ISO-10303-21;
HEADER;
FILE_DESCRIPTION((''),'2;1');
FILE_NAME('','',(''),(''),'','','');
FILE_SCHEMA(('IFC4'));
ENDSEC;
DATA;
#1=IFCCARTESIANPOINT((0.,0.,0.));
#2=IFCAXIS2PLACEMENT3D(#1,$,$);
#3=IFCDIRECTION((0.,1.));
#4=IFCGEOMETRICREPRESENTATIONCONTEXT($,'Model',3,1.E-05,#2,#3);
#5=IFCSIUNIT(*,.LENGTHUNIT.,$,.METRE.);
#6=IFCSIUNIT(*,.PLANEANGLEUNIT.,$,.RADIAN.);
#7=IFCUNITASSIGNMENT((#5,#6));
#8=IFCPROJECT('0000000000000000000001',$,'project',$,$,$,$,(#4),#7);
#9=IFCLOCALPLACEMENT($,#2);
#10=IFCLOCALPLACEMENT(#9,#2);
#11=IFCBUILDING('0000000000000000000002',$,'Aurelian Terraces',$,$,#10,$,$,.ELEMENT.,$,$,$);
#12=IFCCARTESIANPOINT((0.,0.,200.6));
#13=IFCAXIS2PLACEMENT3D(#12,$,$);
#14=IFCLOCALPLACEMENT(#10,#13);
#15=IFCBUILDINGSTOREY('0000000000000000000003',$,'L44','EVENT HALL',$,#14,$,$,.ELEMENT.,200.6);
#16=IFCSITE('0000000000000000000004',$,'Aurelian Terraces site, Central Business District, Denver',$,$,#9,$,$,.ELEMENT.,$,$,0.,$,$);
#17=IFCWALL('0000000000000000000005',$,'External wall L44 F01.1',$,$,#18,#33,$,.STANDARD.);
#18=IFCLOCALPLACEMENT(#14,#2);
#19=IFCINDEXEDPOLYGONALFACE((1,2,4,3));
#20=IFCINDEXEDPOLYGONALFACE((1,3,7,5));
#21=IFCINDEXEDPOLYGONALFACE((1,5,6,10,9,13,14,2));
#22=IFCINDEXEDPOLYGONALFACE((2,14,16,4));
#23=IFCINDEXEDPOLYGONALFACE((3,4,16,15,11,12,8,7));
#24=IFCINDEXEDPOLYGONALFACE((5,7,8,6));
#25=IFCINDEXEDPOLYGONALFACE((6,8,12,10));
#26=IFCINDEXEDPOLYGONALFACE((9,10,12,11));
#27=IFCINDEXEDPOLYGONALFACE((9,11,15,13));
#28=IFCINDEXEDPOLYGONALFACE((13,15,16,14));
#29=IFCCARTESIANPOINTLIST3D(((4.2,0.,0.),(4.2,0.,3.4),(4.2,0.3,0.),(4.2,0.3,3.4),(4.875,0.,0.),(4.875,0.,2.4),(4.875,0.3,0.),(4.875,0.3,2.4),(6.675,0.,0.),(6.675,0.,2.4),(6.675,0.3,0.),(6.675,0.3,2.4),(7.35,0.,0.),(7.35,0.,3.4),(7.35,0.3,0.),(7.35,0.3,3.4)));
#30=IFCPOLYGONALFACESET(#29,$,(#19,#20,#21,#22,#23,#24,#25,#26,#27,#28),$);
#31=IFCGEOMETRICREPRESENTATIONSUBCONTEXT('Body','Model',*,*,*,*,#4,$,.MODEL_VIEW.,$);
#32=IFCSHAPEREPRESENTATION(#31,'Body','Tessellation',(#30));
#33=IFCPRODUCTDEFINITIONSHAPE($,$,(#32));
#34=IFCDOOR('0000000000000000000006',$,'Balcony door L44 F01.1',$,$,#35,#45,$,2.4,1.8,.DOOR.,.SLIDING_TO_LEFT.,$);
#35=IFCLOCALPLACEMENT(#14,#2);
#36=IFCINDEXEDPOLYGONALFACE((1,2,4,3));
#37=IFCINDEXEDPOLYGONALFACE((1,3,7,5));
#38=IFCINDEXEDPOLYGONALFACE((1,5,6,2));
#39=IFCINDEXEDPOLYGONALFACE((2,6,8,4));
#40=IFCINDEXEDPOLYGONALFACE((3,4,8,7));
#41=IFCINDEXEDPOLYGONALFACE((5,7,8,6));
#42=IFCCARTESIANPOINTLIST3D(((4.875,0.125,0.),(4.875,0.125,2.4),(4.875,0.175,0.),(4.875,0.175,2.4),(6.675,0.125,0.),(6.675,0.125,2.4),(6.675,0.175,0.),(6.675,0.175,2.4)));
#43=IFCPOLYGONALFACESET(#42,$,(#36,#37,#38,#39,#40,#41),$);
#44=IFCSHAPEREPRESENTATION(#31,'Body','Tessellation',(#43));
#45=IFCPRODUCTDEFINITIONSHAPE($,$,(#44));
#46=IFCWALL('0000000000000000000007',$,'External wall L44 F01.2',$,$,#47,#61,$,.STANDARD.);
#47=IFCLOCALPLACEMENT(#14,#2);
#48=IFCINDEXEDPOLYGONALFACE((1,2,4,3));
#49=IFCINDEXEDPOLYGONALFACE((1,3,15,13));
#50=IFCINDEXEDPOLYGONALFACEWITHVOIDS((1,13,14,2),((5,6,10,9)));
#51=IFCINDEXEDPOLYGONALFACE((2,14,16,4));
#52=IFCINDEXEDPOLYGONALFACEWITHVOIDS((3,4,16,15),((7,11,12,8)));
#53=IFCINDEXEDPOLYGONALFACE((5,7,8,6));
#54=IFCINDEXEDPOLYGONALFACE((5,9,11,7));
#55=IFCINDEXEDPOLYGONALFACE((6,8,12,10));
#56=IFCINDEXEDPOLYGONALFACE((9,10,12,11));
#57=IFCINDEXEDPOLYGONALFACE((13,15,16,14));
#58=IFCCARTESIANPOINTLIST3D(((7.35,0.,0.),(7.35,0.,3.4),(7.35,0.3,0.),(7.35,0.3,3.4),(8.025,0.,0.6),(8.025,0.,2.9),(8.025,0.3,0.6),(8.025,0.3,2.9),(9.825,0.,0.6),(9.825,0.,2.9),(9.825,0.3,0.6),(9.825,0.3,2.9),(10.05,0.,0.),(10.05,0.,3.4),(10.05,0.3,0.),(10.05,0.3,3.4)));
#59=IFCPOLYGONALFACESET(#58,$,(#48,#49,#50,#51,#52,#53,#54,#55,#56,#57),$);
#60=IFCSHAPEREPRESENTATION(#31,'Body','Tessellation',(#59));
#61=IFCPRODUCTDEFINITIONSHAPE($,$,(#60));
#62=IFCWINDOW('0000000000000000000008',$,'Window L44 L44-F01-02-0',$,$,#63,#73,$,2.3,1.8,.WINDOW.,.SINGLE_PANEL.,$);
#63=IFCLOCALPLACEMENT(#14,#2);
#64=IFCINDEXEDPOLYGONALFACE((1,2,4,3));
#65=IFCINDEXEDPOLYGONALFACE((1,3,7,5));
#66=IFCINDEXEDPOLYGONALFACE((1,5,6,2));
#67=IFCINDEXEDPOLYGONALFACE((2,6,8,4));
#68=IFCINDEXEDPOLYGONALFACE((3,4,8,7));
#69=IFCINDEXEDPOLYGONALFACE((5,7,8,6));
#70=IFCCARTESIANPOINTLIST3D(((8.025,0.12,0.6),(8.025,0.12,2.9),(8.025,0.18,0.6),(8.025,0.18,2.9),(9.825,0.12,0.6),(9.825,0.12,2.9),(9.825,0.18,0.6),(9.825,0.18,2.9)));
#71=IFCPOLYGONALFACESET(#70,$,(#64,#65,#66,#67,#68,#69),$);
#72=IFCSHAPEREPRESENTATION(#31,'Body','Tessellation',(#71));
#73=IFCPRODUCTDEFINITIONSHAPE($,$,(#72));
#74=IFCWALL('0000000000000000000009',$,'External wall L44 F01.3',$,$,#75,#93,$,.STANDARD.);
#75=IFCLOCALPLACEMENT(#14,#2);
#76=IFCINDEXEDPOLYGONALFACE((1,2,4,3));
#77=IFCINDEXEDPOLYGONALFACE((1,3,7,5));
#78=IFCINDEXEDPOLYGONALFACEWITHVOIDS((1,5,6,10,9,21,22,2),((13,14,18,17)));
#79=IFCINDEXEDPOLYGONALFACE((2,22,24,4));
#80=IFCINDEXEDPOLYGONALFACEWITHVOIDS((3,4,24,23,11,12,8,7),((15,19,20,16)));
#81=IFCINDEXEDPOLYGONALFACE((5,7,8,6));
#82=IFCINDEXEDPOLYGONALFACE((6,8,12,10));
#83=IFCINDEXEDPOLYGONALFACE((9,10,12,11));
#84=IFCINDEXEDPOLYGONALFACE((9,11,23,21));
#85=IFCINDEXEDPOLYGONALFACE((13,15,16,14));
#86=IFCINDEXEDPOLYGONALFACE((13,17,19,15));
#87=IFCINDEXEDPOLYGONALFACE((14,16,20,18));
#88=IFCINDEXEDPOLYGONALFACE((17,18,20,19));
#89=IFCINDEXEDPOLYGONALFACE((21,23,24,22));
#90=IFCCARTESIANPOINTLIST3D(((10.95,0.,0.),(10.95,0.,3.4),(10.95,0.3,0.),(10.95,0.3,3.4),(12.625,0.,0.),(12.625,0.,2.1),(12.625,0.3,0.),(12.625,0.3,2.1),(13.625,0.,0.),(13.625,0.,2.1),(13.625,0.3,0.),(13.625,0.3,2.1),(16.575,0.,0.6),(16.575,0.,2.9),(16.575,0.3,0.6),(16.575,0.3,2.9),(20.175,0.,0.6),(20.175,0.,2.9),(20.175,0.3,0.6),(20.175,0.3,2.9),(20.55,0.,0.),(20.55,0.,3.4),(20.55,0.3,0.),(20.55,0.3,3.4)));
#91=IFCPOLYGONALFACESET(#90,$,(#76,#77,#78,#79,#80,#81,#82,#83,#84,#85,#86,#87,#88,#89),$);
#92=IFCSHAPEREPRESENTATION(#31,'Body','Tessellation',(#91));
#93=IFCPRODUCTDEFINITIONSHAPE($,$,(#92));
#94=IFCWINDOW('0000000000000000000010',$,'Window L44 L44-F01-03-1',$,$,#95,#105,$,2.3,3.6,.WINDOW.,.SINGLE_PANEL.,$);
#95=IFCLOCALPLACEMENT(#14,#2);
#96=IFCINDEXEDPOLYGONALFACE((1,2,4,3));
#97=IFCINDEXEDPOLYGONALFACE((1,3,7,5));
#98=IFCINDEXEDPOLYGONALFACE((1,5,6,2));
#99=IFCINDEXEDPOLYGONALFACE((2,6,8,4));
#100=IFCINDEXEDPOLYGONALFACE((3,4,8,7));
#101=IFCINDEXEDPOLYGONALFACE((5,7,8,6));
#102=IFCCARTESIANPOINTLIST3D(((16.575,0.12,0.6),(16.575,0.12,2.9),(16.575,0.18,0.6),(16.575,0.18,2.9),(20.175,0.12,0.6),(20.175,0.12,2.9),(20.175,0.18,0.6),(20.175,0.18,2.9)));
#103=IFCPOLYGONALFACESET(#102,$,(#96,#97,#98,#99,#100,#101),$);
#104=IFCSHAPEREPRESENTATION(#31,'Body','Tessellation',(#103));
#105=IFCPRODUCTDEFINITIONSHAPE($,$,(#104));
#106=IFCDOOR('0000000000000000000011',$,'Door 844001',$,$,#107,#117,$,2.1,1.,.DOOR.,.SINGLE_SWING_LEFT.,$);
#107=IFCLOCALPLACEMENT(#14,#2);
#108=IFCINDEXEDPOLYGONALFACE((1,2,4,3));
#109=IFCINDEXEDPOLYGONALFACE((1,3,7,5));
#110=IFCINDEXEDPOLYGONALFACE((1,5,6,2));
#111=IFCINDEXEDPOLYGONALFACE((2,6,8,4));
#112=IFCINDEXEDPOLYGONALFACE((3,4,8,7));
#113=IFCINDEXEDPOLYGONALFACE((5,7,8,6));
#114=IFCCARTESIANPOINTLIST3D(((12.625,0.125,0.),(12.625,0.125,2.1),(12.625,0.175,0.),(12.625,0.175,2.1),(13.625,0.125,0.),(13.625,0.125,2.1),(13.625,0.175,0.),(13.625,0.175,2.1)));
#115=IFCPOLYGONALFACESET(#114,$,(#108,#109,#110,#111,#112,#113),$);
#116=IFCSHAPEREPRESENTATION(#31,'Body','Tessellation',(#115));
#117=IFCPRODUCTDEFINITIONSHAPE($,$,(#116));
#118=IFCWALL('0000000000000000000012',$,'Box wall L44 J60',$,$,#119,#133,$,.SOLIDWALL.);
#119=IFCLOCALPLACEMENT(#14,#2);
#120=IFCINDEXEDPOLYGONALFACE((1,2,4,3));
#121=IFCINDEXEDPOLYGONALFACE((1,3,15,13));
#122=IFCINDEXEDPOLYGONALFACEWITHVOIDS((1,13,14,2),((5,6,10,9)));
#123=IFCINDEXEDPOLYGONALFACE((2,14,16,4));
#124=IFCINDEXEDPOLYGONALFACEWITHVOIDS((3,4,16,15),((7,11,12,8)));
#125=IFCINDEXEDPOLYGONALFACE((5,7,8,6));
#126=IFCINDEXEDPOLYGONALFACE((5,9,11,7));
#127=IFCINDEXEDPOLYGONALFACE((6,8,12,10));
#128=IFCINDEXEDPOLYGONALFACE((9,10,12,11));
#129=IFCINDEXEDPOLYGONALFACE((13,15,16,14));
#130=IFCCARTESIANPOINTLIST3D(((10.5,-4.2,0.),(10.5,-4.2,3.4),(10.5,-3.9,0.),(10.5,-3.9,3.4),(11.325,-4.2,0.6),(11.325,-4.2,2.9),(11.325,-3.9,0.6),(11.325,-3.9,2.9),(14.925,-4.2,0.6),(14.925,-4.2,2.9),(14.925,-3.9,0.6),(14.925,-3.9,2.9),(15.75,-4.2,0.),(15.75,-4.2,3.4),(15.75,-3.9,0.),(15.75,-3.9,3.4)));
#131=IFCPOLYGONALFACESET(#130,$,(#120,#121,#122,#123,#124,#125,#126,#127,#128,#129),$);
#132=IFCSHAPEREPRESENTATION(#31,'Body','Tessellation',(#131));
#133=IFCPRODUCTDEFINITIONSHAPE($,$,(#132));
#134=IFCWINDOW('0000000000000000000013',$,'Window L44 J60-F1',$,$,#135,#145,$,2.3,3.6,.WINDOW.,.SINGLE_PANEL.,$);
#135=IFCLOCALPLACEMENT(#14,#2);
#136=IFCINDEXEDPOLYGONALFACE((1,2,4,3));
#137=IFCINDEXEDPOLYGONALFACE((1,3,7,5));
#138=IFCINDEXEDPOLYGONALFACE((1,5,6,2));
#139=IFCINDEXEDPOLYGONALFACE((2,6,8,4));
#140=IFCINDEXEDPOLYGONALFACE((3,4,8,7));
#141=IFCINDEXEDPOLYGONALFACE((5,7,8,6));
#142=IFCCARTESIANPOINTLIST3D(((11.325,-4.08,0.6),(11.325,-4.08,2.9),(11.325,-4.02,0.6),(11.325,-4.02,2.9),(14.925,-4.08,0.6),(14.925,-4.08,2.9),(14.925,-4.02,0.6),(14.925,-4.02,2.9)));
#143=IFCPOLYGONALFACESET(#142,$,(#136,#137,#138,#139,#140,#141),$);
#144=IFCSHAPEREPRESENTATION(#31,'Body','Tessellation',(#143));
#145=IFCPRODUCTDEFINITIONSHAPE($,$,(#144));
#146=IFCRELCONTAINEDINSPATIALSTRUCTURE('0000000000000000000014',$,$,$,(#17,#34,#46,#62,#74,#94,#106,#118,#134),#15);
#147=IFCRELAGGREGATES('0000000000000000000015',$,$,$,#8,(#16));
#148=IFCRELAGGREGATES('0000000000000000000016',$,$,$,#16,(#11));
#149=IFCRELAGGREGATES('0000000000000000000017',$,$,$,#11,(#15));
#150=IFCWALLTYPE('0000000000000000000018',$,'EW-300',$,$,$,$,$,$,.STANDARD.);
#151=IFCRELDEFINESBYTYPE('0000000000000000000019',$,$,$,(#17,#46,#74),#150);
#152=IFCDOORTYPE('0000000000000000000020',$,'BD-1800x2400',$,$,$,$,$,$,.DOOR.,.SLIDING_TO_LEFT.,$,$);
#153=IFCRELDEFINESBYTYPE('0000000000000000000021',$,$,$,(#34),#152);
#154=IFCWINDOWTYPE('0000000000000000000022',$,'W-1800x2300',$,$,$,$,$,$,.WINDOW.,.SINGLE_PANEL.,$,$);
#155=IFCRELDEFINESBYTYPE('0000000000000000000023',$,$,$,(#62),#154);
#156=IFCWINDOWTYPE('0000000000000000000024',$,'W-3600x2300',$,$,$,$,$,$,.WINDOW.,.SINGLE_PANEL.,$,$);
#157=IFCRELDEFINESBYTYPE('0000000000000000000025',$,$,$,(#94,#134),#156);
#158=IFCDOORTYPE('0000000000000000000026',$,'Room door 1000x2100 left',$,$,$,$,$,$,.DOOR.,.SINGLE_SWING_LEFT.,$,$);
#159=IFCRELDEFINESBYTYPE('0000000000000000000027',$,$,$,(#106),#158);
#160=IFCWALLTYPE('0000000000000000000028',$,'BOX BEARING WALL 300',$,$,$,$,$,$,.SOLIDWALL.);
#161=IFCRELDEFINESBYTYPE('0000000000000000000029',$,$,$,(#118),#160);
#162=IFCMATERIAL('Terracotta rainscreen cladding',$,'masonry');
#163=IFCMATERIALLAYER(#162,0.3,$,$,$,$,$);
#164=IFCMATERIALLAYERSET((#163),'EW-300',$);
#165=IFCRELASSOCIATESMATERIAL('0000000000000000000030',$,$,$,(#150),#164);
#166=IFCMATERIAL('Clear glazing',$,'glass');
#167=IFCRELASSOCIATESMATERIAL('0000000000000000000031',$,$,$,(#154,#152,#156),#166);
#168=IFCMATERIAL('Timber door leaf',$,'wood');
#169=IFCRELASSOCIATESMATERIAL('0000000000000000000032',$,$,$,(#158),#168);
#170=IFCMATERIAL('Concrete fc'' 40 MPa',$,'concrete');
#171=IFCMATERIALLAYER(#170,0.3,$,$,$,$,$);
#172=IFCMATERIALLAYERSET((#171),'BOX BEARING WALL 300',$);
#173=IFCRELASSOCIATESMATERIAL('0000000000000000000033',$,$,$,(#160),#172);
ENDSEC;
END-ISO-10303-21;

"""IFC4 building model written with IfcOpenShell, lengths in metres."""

from ifc_helpers import new_model, si_unit, direction, frame, frame_2d, origin, place, context, subcontext, project, spatial, rectangle, extrude, source, transform, mapped, material, layer, layer_set, type_object, element, fill, save


model = new_model("IFC4")

# Units and contexts
model_context = context("Model", 3, precision=1e-05, world=origin(), true_north=direction((0.0, 1.0)))
body_context = subcontext(model_context, "Body", "Model", "MODEL_VIEW")
ifc_project = project(units=[si_unit("LENGTHUNIT", "METRE"), si_unit("PLANEANGLEUNIT", "RADIAN")], contexts=[model_context])

# Site, building, storey
site_placement = place(None, origin())
site = spatial("IfcSite", under=ifc_project, at=site_placement, Name="Aurelian Terraces site, Central Business District, Denver", CompositionType="ELEMENT", RefElevation=0.0)
building_placement = place(site_placement, origin())
building = spatial("IfcBuilding", under=site, at=building_placement, Name="Aurelian Terraces", CompositionType="ELEMENT")
storey_placement = place(building_placement, frame((0.0, 0.0, 200.6)))
storey = spatial("IfcBuildingStorey", under=building, at=storey_placement, Name="L44", Description="EVENT HALL", CompositionType="ELEMENT", Elevation=200.6)

# Shared definitions
ifc_material_1 = material(Name="Terracotta rainscreen cladding", Category="masonry")
ifc_layer_1 = layer(ifc_material_1, 0.3)
ifc_layer_set_1 = layer_set([ifc_layer_1], Name="EW-300")
wall_type_1 = type_object("IfcWallType", Name="EW-300", PredefinedType="STANDARD", material=ifc_layer_set_1)
shared_shape_1 = source(origin(), body_context, "Body", "SweptSolid", [
    extrude(rectangle(XDim=1.8, YDim=2.3, at=frame_2d((0.9, 1.15))), frame((0.0, 0.16, 0.0), z_axis=(0.0, -1.0, 0.0), x_axis=(1.0, 0.0, 0.0)), (0.0, 0.0, 1.0), 0.32),
])
ifc_material_2 = material(Name="Clear glazing", Category="glass")
window_type_1 = type_object("IfcWindowType", Name="W-1800x2300", PartitioningType="SINGLE_PANEL", PredefinedType="WINDOW", material=ifc_material_2)
shared_shape_2 = source(origin(), body_context, "Body", "SweptSolid", [
    extrude(rectangle(XDim=1.8, YDim=2.3, at=frame_2d((0.9, 1.15))), frame((0.0, 0.03, 0.0), z_axis=(0.0, -1.0, 0.0), x_axis=(1.0, 0.0, 0.0)), (0.0, 0.0, 1.0), 0.06),
])
ifc_material_3 = material(Name="Concrete fc' 40 MPa", Category="concrete")

# Wall, opening, door
shared_shape_3 = source(origin(), body_context, "Body", "SweptSolid", [
    extrude(rectangle(XDim=3.15, YDim=0.3, at=frame_2d((1.575, 0.0))), origin(), (0.0, 0.0, 1.0), 3.4),
])
wall_1_placement = place(storey_placement, frame((4.2, 0.15, 0.0), z_axis=(0.0, 0.0, 1.0), x_axis=(1.0, 0.0, 0.0)))
wall_1 = element("IfcWall", 1, at=wall_1_placement, inside=storey, type_object=wall_type_1, Name="External wall L44 F01.1", PredefinedType="STANDARD", context=body_context, shape_type="MappedRepresentation", body=[
    mapped(shared_shape_3, transform((0.0, 0.0, 0.0), scale=1.0)),
])
shared_shape_4 = source(origin(), body_context, "Body", "SweptSolid", [
    extrude(rectangle(XDim=1.8, YDim=2.4, at=frame_2d((0.9, 1.2))), frame((0.0, 0.16, 0.0), z_axis=(0.0, -1.0, 0.0), x_axis=(1.0, 0.0, 0.0)), (0.0, 0.0, 1.0), 0.32),
])
opening_1_placement = place(wall_1_placement, frame((0.675, 0.0, 0.0)))
opening_1 = element("IfcOpeningElement", 2, at=opening_1_placement, cuts=wall_1, PredefinedType="OPENING", context=body_context, shape_type="MappedRepresentation", body=[
    mapped(shared_shape_4, transform((0.0, 0.0, 0.0), scale=1.0)),
])
door_type_1 = type_object("IfcDoorType", Name="BD-1800x2400", OperationType="SLIDING_TO_LEFT", PredefinedType="DOOR", material=ifc_material_2)
shared_shape_5 = source(origin(), body_context, "Body", "SweptSolid", [
    extrude(rectangle(XDim=1.8, YDim=2.4, at=frame_2d((0.9, 1.2))), frame((0.0, 0.025, 0.0), z_axis=(0.0, -1.0, 0.0), x_axis=(1.0, 0.0, 0.0)), (0.0, 0.0, 1.0), 0.05),
])
door_1_placement = place(opening_1_placement, origin())
door_1 = element("IfcDoor", 3, at=door_1_placement, inside=storey, type_object=door_type_1, Name="Balcony door L44 F01.1", OperationType="SLIDING_TO_LEFT", OverallHeight=2.4, OverallWidth=1.8, PredefinedType="DOOR", context=body_context, shape_type="MappedRepresentation", body=[
    mapped(shared_shape_5, transform((0.0, 0.0, 0.0), scale=1.0)),
])
fill(opening_1, door_1)

# Wall, opening, window
shared_shape_6 = source(origin(), body_context, "Body", "SweptSolid", [
    extrude(rectangle(XDim=2.7, YDim=0.3, at=frame_2d((1.35, 0.0))), origin(), (0.0, 0.0, 1.0), 3.4),
])
wall_2_placement = place(storey_placement, frame((7.35, 0.15, 0.0), z_axis=(0.0, 0.0, 1.0), x_axis=(1.0, 0.0, 0.0)))
wall_2 = element("IfcWall", 4, at=wall_2_placement, inside=storey, type_object=wall_type_1, Name="External wall L44 F01.2", PredefinedType="STANDARD", context=body_context, shape_type="MappedRepresentation", body=[
    mapped(shared_shape_6, transform((0.0, 0.0, 0.0), scale=1.0)),
])
opening_2_placement = place(wall_2_placement, frame((0.675, 0.0, 0.6)))
opening_2 = element("IfcOpeningElement", 5, at=opening_2_placement, cuts=wall_2, PredefinedType="OPENING", context=body_context, shape_type="MappedRepresentation", body=[
    mapped(shared_shape_1, transform((0.0, 0.0, 0.0), scale=1.0)),
])
window_1_placement = place(opening_2_placement, origin())
window_1 = element("IfcWindow", 6, at=window_1_placement, inside=storey, type_object=window_type_1, Name="Window L44 L44-F01-02-0", OverallHeight=2.3, OverallWidth=1.8, PartitioningType="SINGLE_PANEL", PredefinedType="WINDOW", context=body_context, shape_type="MappedRepresentation", body=[
    mapped(shared_shape_2, transform((0.0, 0.0, 0.0), scale=1.0)),
])
fill(opening_2, window_1)

# Wall, openings, window, door
shared_shape_7 = source(origin(), body_context, "Body", "SweptSolid", [
    extrude(rectangle(XDim=9.6, YDim=0.3, at=frame_2d((4.8, 0.0))), origin(), (0.0, 0.0, 1.0), 3.4),
])
wall_3_placement = place(storey_placement, frame((10.95, 0.15, 0.0), z_axis=(0.0, 0.0, 1.0), x_axis=(1.0, 0.0, 0.0)))
wall_3 = element("IfcWall", 7, at=wall_3_placement, inside=storey, type_object=wall_type_1, Name="External wall L44 F01.3", PredefinedType="STANDARD", context=body_context, shape_type="MappedRepresentation", body=[
    mapped(shared_shape_7, transform((0.0, 0.0, 0.0), scale=1.0)),
])
shared_shape_8 = source(origin(), body_context, "Body", "SweptSolid", [
    extrude(rectangle(XDim=3.6, YDim=2.3, at=frame_2d((1.8, 1.15))), frame((0.0, 0.16, 0.0), z_axis=(0.0, -1.0, 0.0), x_axis=(1.0, 0.0, 0.0)), (0.0, 0.0, 1.0), 0.32),
])
opening_3_placement = place(wall_3_placement, frame((5.625, 0.0, 0.6)))
opening_3 = element("IfcOpeningElement", 8, at=opening_3_placement, cuts=wall_3, PredefinedType="OPENING", context=body_context, shape_type="MappedRepresentation", body=[
    mapped(shared_shape_8, transform((0.0, 0.0, 0.0), scale=1.0)),
])
shared_shape_9 = source(origin(), body_context, "Body", "SweptSolid", [
    extrude(rectangle(XDim=1.0, YDim=2.1, at=frame_2d((0.5, 1.05))), frame((0.0, 0.16, 0.0), z_axis=(0.0, -1.0, 0.0), x_axis=(1.0, 0.0, 0.0)), (0.0, 0.0, 1.0), 0.32),
])
opening_4_placement = place(wall_3_placement, frame((1.675, 0.0, 0.0)))
opening_4 = element("IfcOpeningElement", 9, at=opening_4_placement, cuts=wall_3, PredefinedType="OPENING", context=body_context, shape_type="MappedRepresentation", body=[
    mapped(shared_shape_9, transform((0.0, 0.0, 0.0), scale=1.0)),
])
window_type_2 = type_object("IfcWindowType", Name="W-3600x2300", PartitioningType="SINGLE_PANEL", PredefinedType="WINDOW", material=ifc_material_2)
shared_shape_10 = source(origin(), body_context, "Body", "SweptSolid", [
    extrude(rectangle(XDim=3.6, YDim=2.3, at=frame_2d((1.8, 1.15))), frame((0.0, 0.03, 0.0), z_axis=(0.0, -1.0, 0.0), x_axis=(1.0, 0.0, 0.0)), (0.0, 0.0, 1.0), 0.06),
])
window_2_placement = place(opening_3_placement, origin())
window_2 = element("IfcWindow", 10, at=window_2_placement, inside=storey, type_object=window_type_2, Name="Window L44 L44-F01-03-1", OverallHeight=2.3, OverallWidth=3.6, PartitioningType="SINGLE_PANEL", PredefinedType="WINDOW", context=body_context, shape_type="MappedRepresentation", body=[
    mapped(shared_shape_10, transform((0.0, 0.0, 0.0), scale=1.0)),
])
fill(opening_3, window_2)
ifc_material_4 = material(Name="Timber door leaf", Category="wood")
door_type_2 = type_object("IfcDoorType", Name="Room door 1000x2100 left", OperationType="SINGLE_SWING_LEFT", PredefinedType="DOOR", material=ifc_material_4)
shared_shape_11 = source(origin(), body_context, "Body", "SweptSolid", [
    extrude(rectangle(XDim=1.0, YDim=2.1, at=frame_2d((0.5, 1.05))), frame((0.0, 0.025, 0.0), z_axis=(0.0, -1.0, 0.0), x_axis=(1.0, 0.0, 0.0)), (0.0, 0.0, 1.0), 0.05),
])
door_2_placement = place(opening_4_placement, origin())
door_2 = element("IfcDoor", 11, at=door_2_placement, inside=storey, type_object=door_type_2, Name="Door 844001", OperationType="SINGLE_SWING_LEFT", OverallHeight=2.1, OverallWidth=1.0, PredefinedType="DOOR", context=body_context, shape_type="MappedRepresentation", body=[
    mapped(shared_shape_11, transform((0.0, 0.0, 0.0), scale=1.0)),
])
fill(opening_4, door_2)

# Wall, opening, window
ifc_layer_2 = layer(ifc_material_3, 0.3)
ifc_layer_set_2 = layer_set([ifc_layer_2], Name="BOX BEARING WALL 300")
wall_type_2 = type_object("IfcWallType", Name="BOX BEARING WALL 300", PredefinedType="SOLIDWALL", material=ifc_layer_set_2)
shared_shape_12 = source(origin(), body_context, "Body", "SweptSolid", [
    extrude(rectangle(XDim=5.25, YDim=0.3, at=frame_2d((2.625, 0.0))), origin(), (0.0, 0.0, 1.0), 3.4),
])
wall_4_placement = place(storey_placement, frame((10.5, -4.05, 0.0), z_axis=(0.0, 0.0, 1.0), x_axis=(1.0, 0.0, 0.0)))
wall_4 = element("IfcWall", 12, at=wall_4_placement, inside=storey, type_object=wall_type_2, Name="Box wall L44 J60", PredefinedType="SOLIDWALL", context=body_context, shape_type="MappedRepresentation", body=[
    mapped(shared_shape_12, transform((0.0, 0.0, 0.0), scale=1.0)),
])
opening_5_placement = place(wall_4_placement, frame((0.825, 0.0, 0.6)))
opening_5 = element("IfcOpeningElement", 13, at=opening_5_placement, cuts=wall_4, PredefinedType="OPENING", context=body_context, shape_type="MappedRepresentation", body=[
    mapped(shared_shape_8, transform((0.0, 0.0, 0.0), scale=1.0)),
])
window_3_placement = place(opening_5_placement, origin())
window_3 = element("IfcWindow", 14, at=window_3_placement, inside=storey, type_object=window_type_2, Name="Window L44 J60-F1", OverallHeight=2.3, OverallWidth=3.6, PartitioningType="SINGLE_PANEL", PredefinedType="WINDOW", context=body_context, shape_type="MappedRepresentation", body=[
    mapped(shared_shape_10, transform((0.0, 0.0, 0.0), scale=1.0)),
])
fill(opening_5, window_3)

save(model, "model.ifc")
